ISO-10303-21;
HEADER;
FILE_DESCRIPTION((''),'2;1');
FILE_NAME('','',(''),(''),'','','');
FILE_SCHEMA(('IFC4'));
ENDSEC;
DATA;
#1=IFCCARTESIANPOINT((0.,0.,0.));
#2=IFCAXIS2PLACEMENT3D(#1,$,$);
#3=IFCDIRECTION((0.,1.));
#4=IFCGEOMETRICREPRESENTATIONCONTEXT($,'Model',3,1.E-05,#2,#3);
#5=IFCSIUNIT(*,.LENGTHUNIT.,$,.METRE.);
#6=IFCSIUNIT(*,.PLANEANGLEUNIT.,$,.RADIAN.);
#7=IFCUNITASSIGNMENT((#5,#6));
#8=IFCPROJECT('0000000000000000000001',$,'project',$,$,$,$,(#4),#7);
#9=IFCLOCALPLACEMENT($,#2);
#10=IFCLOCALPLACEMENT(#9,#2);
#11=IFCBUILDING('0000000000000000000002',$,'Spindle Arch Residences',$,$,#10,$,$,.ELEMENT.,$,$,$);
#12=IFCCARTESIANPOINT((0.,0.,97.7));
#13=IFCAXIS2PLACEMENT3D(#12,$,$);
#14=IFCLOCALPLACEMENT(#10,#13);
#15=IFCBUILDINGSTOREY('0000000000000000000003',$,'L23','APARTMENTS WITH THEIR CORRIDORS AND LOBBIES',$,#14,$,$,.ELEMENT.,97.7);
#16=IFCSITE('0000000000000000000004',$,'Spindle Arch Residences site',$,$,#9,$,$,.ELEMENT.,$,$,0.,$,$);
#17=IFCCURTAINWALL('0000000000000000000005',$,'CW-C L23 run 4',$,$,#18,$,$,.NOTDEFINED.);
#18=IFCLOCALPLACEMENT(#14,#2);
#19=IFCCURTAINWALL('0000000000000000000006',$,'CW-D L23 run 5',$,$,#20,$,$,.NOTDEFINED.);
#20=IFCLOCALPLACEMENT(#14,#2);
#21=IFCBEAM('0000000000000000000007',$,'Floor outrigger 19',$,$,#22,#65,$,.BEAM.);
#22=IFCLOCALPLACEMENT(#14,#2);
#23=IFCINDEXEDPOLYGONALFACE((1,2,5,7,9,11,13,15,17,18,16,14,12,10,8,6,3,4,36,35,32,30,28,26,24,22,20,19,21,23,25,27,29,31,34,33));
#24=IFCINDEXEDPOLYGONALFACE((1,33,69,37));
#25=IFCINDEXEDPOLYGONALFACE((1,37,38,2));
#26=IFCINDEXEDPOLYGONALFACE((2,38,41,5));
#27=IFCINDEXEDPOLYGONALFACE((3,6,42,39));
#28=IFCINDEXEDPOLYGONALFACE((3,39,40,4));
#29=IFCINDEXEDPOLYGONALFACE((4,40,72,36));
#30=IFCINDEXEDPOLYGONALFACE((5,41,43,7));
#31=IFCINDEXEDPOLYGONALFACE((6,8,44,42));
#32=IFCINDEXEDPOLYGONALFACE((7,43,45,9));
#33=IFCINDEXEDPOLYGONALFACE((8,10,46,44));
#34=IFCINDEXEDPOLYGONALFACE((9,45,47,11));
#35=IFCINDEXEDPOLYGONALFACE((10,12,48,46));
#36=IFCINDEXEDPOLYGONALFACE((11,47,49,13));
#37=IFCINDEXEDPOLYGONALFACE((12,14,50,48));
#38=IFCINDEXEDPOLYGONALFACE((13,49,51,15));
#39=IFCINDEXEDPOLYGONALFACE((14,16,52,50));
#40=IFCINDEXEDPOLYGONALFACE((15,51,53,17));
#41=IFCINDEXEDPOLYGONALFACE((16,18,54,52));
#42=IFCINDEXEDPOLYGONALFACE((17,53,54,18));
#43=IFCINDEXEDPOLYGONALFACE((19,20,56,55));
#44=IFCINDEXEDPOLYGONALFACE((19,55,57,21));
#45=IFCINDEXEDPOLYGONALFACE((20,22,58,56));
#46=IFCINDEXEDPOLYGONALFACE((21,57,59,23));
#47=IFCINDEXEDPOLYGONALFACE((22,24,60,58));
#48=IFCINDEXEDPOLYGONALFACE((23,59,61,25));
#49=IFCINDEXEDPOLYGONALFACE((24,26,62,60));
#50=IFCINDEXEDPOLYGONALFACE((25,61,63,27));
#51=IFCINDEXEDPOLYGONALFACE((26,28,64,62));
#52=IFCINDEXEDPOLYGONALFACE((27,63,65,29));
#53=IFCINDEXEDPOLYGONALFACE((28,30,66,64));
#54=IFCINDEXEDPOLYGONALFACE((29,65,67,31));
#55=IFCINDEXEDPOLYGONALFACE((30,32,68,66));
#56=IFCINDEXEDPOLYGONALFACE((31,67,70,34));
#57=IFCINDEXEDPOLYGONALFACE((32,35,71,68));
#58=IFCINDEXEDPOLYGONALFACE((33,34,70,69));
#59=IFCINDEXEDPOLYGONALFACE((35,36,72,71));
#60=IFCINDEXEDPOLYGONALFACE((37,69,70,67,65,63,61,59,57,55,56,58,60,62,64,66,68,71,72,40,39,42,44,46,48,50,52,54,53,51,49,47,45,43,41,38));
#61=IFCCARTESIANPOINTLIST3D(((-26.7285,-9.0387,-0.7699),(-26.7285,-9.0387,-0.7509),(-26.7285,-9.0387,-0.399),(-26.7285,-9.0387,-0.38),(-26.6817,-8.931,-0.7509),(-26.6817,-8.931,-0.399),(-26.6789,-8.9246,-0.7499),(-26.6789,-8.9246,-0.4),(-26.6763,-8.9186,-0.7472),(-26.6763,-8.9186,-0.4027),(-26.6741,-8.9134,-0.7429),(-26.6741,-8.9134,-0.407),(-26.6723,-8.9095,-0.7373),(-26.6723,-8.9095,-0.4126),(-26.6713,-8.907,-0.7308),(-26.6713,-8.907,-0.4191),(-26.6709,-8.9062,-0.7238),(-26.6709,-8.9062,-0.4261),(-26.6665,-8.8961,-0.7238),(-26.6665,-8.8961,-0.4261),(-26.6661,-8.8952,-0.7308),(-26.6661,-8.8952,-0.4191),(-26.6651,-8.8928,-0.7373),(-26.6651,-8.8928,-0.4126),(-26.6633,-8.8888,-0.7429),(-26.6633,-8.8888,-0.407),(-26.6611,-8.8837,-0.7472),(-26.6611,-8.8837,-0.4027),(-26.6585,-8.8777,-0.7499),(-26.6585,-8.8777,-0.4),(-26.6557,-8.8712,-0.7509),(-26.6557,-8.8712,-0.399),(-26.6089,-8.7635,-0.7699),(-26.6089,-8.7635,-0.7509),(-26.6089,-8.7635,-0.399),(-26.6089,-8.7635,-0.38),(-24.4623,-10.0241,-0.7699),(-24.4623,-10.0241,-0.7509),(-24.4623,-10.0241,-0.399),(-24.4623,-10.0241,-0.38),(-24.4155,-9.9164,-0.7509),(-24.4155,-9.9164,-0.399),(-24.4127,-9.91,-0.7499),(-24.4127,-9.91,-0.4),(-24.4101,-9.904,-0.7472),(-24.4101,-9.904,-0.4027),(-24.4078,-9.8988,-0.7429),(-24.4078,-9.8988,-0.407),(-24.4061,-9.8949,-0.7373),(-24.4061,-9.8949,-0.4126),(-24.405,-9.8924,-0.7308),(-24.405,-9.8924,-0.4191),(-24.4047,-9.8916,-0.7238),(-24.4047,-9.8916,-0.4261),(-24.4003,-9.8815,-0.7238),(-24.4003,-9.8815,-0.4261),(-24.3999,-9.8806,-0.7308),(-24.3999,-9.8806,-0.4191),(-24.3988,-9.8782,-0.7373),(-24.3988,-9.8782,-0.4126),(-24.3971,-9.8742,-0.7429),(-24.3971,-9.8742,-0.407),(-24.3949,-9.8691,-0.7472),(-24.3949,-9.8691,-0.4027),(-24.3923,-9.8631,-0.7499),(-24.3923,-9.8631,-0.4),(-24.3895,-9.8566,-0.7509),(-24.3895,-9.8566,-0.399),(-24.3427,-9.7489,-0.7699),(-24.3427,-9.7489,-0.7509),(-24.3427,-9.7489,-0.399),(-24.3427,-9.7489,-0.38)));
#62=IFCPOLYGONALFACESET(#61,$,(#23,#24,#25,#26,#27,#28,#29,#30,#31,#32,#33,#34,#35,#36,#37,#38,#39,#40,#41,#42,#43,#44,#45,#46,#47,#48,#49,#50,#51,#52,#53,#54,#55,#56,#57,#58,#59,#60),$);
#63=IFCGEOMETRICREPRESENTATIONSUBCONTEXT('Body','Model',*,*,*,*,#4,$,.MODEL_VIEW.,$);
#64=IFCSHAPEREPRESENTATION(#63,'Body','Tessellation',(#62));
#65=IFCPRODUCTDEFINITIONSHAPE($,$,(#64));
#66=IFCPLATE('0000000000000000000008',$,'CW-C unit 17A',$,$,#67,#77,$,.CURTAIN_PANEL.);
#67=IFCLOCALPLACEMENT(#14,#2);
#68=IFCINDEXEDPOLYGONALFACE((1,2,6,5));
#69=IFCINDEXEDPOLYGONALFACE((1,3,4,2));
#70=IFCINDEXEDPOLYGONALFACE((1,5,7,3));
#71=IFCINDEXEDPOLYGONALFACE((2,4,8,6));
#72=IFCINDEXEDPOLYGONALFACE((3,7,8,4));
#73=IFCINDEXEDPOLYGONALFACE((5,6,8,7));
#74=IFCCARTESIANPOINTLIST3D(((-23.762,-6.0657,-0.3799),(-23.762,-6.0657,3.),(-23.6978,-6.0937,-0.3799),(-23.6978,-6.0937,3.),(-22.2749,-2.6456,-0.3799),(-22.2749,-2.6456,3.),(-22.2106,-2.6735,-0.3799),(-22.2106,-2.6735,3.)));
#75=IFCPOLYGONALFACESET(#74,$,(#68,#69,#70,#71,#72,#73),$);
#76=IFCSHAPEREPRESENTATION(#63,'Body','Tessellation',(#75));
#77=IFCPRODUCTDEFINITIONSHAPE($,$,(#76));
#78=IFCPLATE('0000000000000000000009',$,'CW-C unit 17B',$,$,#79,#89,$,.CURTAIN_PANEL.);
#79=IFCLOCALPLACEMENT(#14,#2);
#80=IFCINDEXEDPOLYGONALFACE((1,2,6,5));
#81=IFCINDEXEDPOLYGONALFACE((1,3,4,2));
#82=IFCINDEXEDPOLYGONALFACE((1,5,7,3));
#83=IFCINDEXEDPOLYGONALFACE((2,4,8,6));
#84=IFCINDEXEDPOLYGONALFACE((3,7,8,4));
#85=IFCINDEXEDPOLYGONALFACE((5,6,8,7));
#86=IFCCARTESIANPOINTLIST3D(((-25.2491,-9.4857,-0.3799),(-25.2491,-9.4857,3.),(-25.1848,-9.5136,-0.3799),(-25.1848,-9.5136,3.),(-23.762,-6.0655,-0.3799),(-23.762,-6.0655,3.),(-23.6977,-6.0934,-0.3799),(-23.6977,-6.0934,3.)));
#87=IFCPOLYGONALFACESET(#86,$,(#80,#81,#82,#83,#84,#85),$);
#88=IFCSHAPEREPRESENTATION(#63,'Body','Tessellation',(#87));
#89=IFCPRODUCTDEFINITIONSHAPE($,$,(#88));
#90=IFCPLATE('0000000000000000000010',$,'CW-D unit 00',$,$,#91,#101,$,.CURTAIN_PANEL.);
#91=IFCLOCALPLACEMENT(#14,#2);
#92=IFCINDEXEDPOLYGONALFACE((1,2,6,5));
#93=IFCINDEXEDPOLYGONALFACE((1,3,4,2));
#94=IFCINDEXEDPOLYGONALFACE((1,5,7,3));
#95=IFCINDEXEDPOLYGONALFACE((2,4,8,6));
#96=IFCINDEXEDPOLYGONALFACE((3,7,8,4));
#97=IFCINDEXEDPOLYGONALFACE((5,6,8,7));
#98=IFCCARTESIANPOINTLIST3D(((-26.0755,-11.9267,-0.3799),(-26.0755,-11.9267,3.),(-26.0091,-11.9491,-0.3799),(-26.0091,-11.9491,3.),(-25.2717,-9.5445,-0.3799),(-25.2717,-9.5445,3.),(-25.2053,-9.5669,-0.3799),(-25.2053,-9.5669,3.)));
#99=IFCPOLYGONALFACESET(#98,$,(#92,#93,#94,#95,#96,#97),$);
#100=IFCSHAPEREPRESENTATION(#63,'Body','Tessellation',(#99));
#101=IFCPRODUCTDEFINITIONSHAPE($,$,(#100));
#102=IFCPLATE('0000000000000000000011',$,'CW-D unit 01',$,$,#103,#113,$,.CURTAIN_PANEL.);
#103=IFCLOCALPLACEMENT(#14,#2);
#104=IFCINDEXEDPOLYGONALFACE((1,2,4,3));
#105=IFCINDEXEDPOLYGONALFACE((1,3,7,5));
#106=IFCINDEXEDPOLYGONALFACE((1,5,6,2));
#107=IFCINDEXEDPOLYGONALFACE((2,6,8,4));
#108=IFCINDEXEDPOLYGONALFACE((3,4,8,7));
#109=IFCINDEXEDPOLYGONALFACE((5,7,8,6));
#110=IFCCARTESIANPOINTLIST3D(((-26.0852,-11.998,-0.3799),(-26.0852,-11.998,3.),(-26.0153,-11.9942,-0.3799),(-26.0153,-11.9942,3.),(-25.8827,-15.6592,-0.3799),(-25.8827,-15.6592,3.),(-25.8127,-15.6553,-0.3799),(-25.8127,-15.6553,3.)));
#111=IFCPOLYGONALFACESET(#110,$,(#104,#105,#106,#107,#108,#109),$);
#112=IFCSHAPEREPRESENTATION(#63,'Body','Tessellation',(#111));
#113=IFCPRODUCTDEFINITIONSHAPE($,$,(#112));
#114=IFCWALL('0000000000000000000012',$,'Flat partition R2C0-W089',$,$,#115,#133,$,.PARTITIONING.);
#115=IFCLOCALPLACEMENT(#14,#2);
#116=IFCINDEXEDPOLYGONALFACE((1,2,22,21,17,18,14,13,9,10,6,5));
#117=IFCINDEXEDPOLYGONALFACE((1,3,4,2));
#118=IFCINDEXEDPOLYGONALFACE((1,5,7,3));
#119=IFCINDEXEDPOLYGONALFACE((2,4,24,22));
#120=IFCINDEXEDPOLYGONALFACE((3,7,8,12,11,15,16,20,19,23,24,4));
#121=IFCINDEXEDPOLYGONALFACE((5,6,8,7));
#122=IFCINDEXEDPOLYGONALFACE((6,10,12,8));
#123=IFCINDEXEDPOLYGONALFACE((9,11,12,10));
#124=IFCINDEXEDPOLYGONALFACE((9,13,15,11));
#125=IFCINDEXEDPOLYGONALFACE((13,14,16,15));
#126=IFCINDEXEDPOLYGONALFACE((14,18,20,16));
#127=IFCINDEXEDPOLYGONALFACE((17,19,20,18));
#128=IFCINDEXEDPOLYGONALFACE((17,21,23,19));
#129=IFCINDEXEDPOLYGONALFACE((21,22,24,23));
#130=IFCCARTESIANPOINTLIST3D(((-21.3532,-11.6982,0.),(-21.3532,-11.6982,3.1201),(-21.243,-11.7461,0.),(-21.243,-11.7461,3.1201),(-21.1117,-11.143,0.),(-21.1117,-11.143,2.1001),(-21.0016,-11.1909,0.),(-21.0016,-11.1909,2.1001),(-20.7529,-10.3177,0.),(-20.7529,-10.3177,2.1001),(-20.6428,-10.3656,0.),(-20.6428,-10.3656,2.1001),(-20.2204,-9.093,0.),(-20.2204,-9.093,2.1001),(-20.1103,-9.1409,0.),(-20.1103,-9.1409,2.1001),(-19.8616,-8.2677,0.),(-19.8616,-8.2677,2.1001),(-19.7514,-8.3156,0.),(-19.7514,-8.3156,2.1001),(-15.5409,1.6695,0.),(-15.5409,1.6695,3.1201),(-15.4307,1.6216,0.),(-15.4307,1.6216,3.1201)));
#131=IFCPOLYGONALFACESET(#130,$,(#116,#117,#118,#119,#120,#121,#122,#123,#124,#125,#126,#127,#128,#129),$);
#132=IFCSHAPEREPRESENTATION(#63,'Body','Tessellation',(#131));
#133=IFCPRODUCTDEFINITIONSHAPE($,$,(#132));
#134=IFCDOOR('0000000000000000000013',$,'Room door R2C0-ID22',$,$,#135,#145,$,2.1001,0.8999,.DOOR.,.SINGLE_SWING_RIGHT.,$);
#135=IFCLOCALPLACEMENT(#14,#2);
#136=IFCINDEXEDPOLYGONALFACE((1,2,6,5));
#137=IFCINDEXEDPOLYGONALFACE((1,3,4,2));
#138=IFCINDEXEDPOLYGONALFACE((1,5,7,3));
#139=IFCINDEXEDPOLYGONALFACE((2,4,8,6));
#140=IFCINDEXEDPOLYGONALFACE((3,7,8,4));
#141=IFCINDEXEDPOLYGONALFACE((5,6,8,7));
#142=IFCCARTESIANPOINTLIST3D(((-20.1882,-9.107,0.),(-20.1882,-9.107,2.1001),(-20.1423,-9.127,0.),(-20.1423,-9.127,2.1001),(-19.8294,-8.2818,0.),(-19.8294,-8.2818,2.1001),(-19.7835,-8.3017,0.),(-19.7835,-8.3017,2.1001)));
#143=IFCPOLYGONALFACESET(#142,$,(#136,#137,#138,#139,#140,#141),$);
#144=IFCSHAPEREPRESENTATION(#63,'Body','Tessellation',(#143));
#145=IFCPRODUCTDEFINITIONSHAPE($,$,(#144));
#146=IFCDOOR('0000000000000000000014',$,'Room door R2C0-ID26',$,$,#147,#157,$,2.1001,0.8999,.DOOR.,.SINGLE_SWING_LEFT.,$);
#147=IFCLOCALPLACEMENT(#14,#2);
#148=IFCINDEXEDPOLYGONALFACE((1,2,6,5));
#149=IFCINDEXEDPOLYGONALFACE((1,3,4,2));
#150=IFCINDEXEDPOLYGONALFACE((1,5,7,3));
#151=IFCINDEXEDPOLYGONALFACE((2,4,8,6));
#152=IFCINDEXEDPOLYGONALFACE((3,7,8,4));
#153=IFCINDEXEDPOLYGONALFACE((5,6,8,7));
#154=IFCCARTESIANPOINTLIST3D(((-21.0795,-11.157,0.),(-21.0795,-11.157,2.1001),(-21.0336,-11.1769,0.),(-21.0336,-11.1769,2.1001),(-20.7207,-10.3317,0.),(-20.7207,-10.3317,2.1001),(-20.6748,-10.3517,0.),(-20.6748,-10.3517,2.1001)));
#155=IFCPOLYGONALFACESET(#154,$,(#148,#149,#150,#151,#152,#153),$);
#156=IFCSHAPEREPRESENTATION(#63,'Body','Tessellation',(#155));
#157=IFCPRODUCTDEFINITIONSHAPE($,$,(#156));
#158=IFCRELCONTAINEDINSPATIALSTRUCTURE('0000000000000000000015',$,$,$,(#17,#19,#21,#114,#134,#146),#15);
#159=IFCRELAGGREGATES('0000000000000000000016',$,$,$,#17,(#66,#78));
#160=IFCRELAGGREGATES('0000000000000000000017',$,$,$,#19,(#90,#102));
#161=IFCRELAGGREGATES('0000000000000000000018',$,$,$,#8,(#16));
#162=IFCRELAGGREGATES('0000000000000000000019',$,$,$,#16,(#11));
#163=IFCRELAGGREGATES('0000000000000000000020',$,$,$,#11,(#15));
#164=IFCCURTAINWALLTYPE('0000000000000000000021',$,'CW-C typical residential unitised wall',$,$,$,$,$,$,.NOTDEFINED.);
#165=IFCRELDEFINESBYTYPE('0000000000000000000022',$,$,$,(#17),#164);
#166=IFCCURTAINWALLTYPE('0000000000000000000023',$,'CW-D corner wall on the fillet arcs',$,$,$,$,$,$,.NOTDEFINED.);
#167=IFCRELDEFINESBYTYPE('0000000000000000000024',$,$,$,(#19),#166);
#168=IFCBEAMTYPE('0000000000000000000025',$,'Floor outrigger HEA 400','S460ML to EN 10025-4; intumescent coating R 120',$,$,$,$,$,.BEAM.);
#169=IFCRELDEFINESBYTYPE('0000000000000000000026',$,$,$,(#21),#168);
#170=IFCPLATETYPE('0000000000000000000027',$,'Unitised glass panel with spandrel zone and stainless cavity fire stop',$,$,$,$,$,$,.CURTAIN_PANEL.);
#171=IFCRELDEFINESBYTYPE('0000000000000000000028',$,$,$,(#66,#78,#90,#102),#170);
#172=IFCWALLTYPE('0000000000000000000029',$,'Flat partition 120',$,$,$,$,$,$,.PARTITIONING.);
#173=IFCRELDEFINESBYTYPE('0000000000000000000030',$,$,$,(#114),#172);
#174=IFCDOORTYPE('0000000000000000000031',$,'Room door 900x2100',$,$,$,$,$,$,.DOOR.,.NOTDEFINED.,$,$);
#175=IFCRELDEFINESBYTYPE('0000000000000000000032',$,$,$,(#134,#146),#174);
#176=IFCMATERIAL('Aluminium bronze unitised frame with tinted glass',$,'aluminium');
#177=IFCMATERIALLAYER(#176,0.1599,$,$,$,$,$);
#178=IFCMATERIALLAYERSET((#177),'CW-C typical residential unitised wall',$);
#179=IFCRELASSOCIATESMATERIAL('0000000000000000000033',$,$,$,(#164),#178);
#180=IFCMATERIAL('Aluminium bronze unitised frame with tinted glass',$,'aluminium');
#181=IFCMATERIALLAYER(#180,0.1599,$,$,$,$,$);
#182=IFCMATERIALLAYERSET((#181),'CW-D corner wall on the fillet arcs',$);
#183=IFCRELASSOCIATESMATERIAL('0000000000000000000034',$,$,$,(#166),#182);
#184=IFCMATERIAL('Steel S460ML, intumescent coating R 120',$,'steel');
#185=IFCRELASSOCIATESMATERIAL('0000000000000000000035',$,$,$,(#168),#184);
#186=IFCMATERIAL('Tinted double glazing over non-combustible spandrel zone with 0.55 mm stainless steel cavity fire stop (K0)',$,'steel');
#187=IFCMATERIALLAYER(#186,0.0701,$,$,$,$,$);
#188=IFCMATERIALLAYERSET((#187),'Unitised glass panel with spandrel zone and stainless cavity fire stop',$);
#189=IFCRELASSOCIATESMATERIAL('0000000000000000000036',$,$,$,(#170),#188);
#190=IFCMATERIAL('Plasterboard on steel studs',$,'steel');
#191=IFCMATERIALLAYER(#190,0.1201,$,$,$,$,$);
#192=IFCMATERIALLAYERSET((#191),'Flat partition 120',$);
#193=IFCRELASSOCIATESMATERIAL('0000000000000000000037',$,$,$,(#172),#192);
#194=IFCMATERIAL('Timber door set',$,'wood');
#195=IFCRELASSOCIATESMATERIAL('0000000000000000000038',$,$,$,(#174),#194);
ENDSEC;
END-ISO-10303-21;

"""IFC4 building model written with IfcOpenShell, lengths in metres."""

from ifc_helpers import new_model, si_unit, direction, frame, frame_2d, origin, origin_2d, place, context, subcontext, project, spatial, rectangle, i_section, extrude, material, layer, layer_set, material_profile, profile_set, type_object, element, fill, aggregate, save


model = new_model("IFC4")

# Units and contexts
model_context = context("Model", 3, precision=1e-05, world=origin(), true_north=direction((0.0, 1.0)))
body_context = subcontext(model_context, "Body", "Model", "MODEL_VIEW")
ifc_project = project(units=[si_unit("LENGTHUNIT", "METRE"), si_unit("PLANEANGLEUNIT", "RADIAN")], contexts=[model_context])

# Site, building, storey
site_placement = place(None, origin())
site = spatial("IfcSite", under=ifc_project, at=site_placement, Name="Spindle Arch Residences site", CompositionType="ELEMENT", RefElevation=0.0)
building_placement = place(site_placement, origin())
building = spatial("IfcBuilding", under=site, at=building_placement, Name="Spindle Arch Residences", CompositionType="ELEMENT")
storey_placement = place(building_placement, frame((0.0, 0.0, 97.7)))
storey = spatial("IfcBuildingStorey", under=building, at=storey_placement, Name="L23", Description="APARTMENTS WITH THEIR CORRIDORS AND LOBBIES", CompositionType="ELEMENT", Elevation=97.7)

# Curtain wall
ifc_material_1 = material(Name="Aluminium bronze unitised frame with tinted glass", Category="aluminium")
ifc_layer_1 = layer(ifc_material_1, 0.1599)
ifc_layer_set_1 = layer_set([ifc_layer_1], Name="CW-C typical residential unitised wall")
curtain_wall_type_1 = type_object("IfcCurtainWallType", Name="CW-C typical residential unitised wall", PredefinedType="NOTDEFINED", material=ifc_layer_set_1)
curtain_wall_1_placement = place(storey_placement, origin())
curtain_wall_1 = element("IfcCurtainWall", 1, at=curtain_wall_1_placement, inside=storey, type_object=curtain_wall_type_1, Name="CW-C L23 run 4", PredefinedType="NOTDEFINED")

# Curtain wall
ifc_material_2 = material(Name="Aluminium bronze unitised frame with tinted glass", Category="aluminium")
ifc_layer_2 = layer(ifc_material_2, 0.1599)
ifc_layer_set_2 = layer_set([ifc_layer_2], Name="CW-D corner wall on the fillet arcs")
curtain_wall_type_2 = type_object("IfcCurtainWallType", Name="CW-D corner wall on the fillet arcs", PredefinedType="NOTDEFINED", material=ifc_layer_set_2)
curtain_wall_2_placement = place(storey_placement, origin())
curtain_wall_2 = element("IfcCurtainWall", 2, at=curtain_wall_2_placement, inside=storey, type_object=curtain_wall_type_2, Name="CW-D L23 run 5", PredefinedType="NOTDEFINED")

# Beam
ifc_material_3 = material(Name="Steel S460ML, intumescent coating R 120", Category="steel")
ifc_material_profile_1 = material_profile(ifc_material_3, i_section(OverallWidth=0.3, OverallDepth=0.3899, WebThickness=0.011, FlangeThickness=0.019, FilletRadius=0.0271, at=origin_2d()), Name="HEA 400")
ifc_profile_set_1 = profile_set([ifc_material_profile_1], Name="Steel S460ML, intumescent coating R 120")
beam_type_1 = type_object("IfcBeamType", Name="Floor outrigger HEA 400", Description="S460ML to EN 10025-4; intumescent coating R 120", PredefinedType="BEAM", material=ifc_profile_set_1)
beam_1_placement = place(storey_placement, frame((-26.6687, -8.9011, -0.575), z_axis=(0.917057, -0.398755, 0.0), x_axis=(0.398755, 0.917057, 0.0)))
element("IfcBeam", 3, at=beam_1_placement, inside=storey, type_object=beam_type_1, Name="Floor outrigger 19", PredefinedType="BEAM", context=body_context, shape_type="SweptSolid", body=[
    extrude(i_section(OverallWidth=0.3, OverallDepth=0.3899, WebThickness=0.011, FlangeThickness=0.019, FilletRadius=0.0271, at=origin_2d()), origin(), (0.0, 0.0, 1.0), 2.4712),
])

# Plates
ifc_material_4 = material(Name="Tinted double glazing over non-combustible spandrel zone with 0.55 mm stainless steel cavity fire stop (K0)", Category="steel")
ifc_layer_3 = layer(ifc_material_4, 0.0701)
ifc_layer_set_3 = layer_set([ifc_layer_3], Name="Unitised glass panel with spandrel zone and stainless cavity fire stop")
plate_type = type_object("IfcPlateType", Name="Unitised glass panel with spandrel zone and stainless cavity fire stop", PredefinedType="CURTAIN_PANEL", material=ifc_layer_set_3)
plate_1_placement = place(storey_placement, frame((-22.9863, -4.3696, -0.3799), z_axis=(0.0, 0.0, 1.0), x_axis=(-0.398749, -0.91706, 0.0)))
plate_1 = element("IfcPlate", 4, at=plate_1_placement, type_object=plate_type, Name="CW-C unit 17A", PredefinedType="CURTAIN_PANEL", context=body_context, shape_type="SweptSolid", body=[
    extrude(rectangle(XDim=3.7295, YDim=0.0701, at=origin_2d()), origin(), (0.0, 0.0, 1.0), 3.3799),
])
plate_2_placement = place(storey_placement, frame((-24.4734, -7.7896, -0.3799), z_axis=(0.0, 0.0, 1.0), x_axis=(-0.398749, -0.91706, 0.0)))
plate_2 = element("IfcPlate", 5, at=plate_2_placement, type_object=plate_type, Name="CW-C unit 17B", PredefinedType="CURTAIN_PANEL", context=body_context, shape_type="SweptSolid", body=[
    extrude(rectangle(XDim=3.7295, YDim=0.0701, at=origin_2d()), origin(), (0.0, 0.0, 1.0), 3.3799),
])
aggregate(curtain_wall_1, [plate_1, plate_2])
plate_3_placement = place(storey_placement, frame((-25.6404, -10.7468, -0.3799), z_axis=(0.0, 0.0, 1.0), x_axis=(-0.319727, -0.94751, 0.0)))
plate_3 = element("IfcPlate", 6, at=plate_3_placement, type_object=plate_type, Name="CW-D unit 00", PredefinedType="CURTAIN_PANEL", context=body_context, shape_type="SweptSolid", body=[
    extrude(rectangle(XDim=2.5142, YDim=0.0701, at=origin_2d()), origin(), (0.0, 0.0, 1.0), 3.3799),
])
plate_4_placement = place(storey_placement, frame((-25.949, -13.8267, -0.3799), z_axis=(0.0, 0.0, 1.0), x_axis=(0.055241, -0.998473, 0.0)))
plate_4 = element("IfcPlate", 7, at=plate_4_placement, type_object=plate_type, Name="CW-D unit 01", PredefinedType="CURTAIN_PANEL", context=body_context, shape_type="SweptSolid", body=[
    extrude(rectangle(XDim=3.6667, YDim=0.0701, at=origin_2d()), origin(), (0.0, 0.0, 1.0), 3.3799),
])
aggregate(curtain_wall_2, [plate_3, plate_4])

# Wall, openings, doors
ifc_material_5 = material(Name="Plasterboard on steel studs", Category="steel")
ifc_layer_4 = layer(ifc_material_5, 0.1201)
ifc_layer_set_4 = layer_set([ifc_layer_4], Name="Flat partition 120")
wall_type_1 = type_object("IfcWallType", Name="Flat partition 120", PredefinedType="PARTITIONING", material=ifc_layer_set_4)
wall_1_placement = place(storey_placement, frame((-21.2981, -11.7222, 0.0), z_axis=(0.0, 0.0, 1.0), x_axis=(0.398739, 0.917064, 0.0)))
wall_1 = element("IfcWall", 8, at=wall_1_placement, inside=storey, type_object=wall_type_1, Name="Flat partition R2C0-W089", PredefinedType="PARTITIONING", context=body_context, shape_type="SweptSolid", body=[
    extrude(rectangle(XDim=14.5767, YDim=0.1201, at=frame_2d((7.2883, 0.0))), origin(), (0.0, 0.0, 1.0), 3.1201),
])
opening_1_placement = place(wall_1_placement, frame((2.8408, 0.0, 0.0)))
opening_1 = element("IfcOpeningElement", 9, at=opening_1_placement, cuts=wall_1, PredefinedType="OPENING", context=body_context, shape_type="SweptSolid", body=[
    extrude(rectangle(XDim=0.8999, YDim=2.1001, at=frame_2d((0.45, 1.05))), frame((0.0, 0.0701, 0.0), z_axis=(0.0, -1.0, 0.0), x_axis=(1.0, 0.0, 0.0)), (0.0, 0.0, 1.0), 0.1401),
])
opening_2_placement = place(wall_1_placement, frame((0.6055, 0.0, 0.0)))
opening_2 = element("IfcOpeningElement", 10, at=opening_2_placement, cuts=wall_1, PredefinedType="OPENING", context=body_context, shape_type="SweptSolid", body=[
    extrude(rectangle(XDim=0.8999, YDim=2.1001, at=frame_2d((0.45, 1.05))), frame((0.0, 0.0701, 0.0), z_axis=(0.0, -1.0, 0.0), x_axis=(1.0, 0.0, 0.0)), (0.0, 0.0, 1.0), 0.1401),
])
ifc_material_6 = material(Name="Timber door set", Category="wood")
door_type = type_object("IfcDoorType", Name="Room door 900x2100", OperationType="NOTDEFINED", PredefinedType="DOOR", material=ifc_material_6)
door_1_placement = place(opening_1_placement, origin())
door_1 = element("IfcDoor", 11, at=door_1_placement, inside=storey, type_object=door_type, Name="Room door R2C0-ID22", OperationType="SINGLE_SWING_RIGHT", OverallHeight=2.1001, OverallWidth=0.8999, PredefinedType="DOOR", context=body_context, shape_type="SweptSolid", body=[
    extrude(rectangle(XDim=0.8999, YDim=2.1001, at=frame_2d((0.45, 1.05))), frame((0.0, 0.0249, 0.0), z_axis=(0.0, -1.0, 0.0), x_axis=(1.0, 0.0, 0.0)), (0.0, 0.0, 1.0), 0.05),
])
fill(opening_1, door_1)
door_2_placement = place(opening_2_placement, origin())
door_2 = element("IfcDoor", 12, at=door_2_placement, inside=storey, type_object=door_type, Name="Room door R2C0-ID26", OperationType="SINGLE_SWING_LEFT", OverallHeight=2.1001, OverallWidth=0.8999, PredefinedType="DOOR", context=body_context, shape_type="SweptSolid", body=[
    extrude(rectangle(XDim=0.8999, YDim=2.1001, at=frame_2d((0.45, 1.05))), frame((0.0, 0.0249, 0.0), z_axis=(0.0, -1.0, 0.0), x_axis=(1.0, 0.0, 0.0)), (0.0, 0.0, 1.0), 0.05),
])
fill(opening_2, door_2)

save(model, "model.ifc")
